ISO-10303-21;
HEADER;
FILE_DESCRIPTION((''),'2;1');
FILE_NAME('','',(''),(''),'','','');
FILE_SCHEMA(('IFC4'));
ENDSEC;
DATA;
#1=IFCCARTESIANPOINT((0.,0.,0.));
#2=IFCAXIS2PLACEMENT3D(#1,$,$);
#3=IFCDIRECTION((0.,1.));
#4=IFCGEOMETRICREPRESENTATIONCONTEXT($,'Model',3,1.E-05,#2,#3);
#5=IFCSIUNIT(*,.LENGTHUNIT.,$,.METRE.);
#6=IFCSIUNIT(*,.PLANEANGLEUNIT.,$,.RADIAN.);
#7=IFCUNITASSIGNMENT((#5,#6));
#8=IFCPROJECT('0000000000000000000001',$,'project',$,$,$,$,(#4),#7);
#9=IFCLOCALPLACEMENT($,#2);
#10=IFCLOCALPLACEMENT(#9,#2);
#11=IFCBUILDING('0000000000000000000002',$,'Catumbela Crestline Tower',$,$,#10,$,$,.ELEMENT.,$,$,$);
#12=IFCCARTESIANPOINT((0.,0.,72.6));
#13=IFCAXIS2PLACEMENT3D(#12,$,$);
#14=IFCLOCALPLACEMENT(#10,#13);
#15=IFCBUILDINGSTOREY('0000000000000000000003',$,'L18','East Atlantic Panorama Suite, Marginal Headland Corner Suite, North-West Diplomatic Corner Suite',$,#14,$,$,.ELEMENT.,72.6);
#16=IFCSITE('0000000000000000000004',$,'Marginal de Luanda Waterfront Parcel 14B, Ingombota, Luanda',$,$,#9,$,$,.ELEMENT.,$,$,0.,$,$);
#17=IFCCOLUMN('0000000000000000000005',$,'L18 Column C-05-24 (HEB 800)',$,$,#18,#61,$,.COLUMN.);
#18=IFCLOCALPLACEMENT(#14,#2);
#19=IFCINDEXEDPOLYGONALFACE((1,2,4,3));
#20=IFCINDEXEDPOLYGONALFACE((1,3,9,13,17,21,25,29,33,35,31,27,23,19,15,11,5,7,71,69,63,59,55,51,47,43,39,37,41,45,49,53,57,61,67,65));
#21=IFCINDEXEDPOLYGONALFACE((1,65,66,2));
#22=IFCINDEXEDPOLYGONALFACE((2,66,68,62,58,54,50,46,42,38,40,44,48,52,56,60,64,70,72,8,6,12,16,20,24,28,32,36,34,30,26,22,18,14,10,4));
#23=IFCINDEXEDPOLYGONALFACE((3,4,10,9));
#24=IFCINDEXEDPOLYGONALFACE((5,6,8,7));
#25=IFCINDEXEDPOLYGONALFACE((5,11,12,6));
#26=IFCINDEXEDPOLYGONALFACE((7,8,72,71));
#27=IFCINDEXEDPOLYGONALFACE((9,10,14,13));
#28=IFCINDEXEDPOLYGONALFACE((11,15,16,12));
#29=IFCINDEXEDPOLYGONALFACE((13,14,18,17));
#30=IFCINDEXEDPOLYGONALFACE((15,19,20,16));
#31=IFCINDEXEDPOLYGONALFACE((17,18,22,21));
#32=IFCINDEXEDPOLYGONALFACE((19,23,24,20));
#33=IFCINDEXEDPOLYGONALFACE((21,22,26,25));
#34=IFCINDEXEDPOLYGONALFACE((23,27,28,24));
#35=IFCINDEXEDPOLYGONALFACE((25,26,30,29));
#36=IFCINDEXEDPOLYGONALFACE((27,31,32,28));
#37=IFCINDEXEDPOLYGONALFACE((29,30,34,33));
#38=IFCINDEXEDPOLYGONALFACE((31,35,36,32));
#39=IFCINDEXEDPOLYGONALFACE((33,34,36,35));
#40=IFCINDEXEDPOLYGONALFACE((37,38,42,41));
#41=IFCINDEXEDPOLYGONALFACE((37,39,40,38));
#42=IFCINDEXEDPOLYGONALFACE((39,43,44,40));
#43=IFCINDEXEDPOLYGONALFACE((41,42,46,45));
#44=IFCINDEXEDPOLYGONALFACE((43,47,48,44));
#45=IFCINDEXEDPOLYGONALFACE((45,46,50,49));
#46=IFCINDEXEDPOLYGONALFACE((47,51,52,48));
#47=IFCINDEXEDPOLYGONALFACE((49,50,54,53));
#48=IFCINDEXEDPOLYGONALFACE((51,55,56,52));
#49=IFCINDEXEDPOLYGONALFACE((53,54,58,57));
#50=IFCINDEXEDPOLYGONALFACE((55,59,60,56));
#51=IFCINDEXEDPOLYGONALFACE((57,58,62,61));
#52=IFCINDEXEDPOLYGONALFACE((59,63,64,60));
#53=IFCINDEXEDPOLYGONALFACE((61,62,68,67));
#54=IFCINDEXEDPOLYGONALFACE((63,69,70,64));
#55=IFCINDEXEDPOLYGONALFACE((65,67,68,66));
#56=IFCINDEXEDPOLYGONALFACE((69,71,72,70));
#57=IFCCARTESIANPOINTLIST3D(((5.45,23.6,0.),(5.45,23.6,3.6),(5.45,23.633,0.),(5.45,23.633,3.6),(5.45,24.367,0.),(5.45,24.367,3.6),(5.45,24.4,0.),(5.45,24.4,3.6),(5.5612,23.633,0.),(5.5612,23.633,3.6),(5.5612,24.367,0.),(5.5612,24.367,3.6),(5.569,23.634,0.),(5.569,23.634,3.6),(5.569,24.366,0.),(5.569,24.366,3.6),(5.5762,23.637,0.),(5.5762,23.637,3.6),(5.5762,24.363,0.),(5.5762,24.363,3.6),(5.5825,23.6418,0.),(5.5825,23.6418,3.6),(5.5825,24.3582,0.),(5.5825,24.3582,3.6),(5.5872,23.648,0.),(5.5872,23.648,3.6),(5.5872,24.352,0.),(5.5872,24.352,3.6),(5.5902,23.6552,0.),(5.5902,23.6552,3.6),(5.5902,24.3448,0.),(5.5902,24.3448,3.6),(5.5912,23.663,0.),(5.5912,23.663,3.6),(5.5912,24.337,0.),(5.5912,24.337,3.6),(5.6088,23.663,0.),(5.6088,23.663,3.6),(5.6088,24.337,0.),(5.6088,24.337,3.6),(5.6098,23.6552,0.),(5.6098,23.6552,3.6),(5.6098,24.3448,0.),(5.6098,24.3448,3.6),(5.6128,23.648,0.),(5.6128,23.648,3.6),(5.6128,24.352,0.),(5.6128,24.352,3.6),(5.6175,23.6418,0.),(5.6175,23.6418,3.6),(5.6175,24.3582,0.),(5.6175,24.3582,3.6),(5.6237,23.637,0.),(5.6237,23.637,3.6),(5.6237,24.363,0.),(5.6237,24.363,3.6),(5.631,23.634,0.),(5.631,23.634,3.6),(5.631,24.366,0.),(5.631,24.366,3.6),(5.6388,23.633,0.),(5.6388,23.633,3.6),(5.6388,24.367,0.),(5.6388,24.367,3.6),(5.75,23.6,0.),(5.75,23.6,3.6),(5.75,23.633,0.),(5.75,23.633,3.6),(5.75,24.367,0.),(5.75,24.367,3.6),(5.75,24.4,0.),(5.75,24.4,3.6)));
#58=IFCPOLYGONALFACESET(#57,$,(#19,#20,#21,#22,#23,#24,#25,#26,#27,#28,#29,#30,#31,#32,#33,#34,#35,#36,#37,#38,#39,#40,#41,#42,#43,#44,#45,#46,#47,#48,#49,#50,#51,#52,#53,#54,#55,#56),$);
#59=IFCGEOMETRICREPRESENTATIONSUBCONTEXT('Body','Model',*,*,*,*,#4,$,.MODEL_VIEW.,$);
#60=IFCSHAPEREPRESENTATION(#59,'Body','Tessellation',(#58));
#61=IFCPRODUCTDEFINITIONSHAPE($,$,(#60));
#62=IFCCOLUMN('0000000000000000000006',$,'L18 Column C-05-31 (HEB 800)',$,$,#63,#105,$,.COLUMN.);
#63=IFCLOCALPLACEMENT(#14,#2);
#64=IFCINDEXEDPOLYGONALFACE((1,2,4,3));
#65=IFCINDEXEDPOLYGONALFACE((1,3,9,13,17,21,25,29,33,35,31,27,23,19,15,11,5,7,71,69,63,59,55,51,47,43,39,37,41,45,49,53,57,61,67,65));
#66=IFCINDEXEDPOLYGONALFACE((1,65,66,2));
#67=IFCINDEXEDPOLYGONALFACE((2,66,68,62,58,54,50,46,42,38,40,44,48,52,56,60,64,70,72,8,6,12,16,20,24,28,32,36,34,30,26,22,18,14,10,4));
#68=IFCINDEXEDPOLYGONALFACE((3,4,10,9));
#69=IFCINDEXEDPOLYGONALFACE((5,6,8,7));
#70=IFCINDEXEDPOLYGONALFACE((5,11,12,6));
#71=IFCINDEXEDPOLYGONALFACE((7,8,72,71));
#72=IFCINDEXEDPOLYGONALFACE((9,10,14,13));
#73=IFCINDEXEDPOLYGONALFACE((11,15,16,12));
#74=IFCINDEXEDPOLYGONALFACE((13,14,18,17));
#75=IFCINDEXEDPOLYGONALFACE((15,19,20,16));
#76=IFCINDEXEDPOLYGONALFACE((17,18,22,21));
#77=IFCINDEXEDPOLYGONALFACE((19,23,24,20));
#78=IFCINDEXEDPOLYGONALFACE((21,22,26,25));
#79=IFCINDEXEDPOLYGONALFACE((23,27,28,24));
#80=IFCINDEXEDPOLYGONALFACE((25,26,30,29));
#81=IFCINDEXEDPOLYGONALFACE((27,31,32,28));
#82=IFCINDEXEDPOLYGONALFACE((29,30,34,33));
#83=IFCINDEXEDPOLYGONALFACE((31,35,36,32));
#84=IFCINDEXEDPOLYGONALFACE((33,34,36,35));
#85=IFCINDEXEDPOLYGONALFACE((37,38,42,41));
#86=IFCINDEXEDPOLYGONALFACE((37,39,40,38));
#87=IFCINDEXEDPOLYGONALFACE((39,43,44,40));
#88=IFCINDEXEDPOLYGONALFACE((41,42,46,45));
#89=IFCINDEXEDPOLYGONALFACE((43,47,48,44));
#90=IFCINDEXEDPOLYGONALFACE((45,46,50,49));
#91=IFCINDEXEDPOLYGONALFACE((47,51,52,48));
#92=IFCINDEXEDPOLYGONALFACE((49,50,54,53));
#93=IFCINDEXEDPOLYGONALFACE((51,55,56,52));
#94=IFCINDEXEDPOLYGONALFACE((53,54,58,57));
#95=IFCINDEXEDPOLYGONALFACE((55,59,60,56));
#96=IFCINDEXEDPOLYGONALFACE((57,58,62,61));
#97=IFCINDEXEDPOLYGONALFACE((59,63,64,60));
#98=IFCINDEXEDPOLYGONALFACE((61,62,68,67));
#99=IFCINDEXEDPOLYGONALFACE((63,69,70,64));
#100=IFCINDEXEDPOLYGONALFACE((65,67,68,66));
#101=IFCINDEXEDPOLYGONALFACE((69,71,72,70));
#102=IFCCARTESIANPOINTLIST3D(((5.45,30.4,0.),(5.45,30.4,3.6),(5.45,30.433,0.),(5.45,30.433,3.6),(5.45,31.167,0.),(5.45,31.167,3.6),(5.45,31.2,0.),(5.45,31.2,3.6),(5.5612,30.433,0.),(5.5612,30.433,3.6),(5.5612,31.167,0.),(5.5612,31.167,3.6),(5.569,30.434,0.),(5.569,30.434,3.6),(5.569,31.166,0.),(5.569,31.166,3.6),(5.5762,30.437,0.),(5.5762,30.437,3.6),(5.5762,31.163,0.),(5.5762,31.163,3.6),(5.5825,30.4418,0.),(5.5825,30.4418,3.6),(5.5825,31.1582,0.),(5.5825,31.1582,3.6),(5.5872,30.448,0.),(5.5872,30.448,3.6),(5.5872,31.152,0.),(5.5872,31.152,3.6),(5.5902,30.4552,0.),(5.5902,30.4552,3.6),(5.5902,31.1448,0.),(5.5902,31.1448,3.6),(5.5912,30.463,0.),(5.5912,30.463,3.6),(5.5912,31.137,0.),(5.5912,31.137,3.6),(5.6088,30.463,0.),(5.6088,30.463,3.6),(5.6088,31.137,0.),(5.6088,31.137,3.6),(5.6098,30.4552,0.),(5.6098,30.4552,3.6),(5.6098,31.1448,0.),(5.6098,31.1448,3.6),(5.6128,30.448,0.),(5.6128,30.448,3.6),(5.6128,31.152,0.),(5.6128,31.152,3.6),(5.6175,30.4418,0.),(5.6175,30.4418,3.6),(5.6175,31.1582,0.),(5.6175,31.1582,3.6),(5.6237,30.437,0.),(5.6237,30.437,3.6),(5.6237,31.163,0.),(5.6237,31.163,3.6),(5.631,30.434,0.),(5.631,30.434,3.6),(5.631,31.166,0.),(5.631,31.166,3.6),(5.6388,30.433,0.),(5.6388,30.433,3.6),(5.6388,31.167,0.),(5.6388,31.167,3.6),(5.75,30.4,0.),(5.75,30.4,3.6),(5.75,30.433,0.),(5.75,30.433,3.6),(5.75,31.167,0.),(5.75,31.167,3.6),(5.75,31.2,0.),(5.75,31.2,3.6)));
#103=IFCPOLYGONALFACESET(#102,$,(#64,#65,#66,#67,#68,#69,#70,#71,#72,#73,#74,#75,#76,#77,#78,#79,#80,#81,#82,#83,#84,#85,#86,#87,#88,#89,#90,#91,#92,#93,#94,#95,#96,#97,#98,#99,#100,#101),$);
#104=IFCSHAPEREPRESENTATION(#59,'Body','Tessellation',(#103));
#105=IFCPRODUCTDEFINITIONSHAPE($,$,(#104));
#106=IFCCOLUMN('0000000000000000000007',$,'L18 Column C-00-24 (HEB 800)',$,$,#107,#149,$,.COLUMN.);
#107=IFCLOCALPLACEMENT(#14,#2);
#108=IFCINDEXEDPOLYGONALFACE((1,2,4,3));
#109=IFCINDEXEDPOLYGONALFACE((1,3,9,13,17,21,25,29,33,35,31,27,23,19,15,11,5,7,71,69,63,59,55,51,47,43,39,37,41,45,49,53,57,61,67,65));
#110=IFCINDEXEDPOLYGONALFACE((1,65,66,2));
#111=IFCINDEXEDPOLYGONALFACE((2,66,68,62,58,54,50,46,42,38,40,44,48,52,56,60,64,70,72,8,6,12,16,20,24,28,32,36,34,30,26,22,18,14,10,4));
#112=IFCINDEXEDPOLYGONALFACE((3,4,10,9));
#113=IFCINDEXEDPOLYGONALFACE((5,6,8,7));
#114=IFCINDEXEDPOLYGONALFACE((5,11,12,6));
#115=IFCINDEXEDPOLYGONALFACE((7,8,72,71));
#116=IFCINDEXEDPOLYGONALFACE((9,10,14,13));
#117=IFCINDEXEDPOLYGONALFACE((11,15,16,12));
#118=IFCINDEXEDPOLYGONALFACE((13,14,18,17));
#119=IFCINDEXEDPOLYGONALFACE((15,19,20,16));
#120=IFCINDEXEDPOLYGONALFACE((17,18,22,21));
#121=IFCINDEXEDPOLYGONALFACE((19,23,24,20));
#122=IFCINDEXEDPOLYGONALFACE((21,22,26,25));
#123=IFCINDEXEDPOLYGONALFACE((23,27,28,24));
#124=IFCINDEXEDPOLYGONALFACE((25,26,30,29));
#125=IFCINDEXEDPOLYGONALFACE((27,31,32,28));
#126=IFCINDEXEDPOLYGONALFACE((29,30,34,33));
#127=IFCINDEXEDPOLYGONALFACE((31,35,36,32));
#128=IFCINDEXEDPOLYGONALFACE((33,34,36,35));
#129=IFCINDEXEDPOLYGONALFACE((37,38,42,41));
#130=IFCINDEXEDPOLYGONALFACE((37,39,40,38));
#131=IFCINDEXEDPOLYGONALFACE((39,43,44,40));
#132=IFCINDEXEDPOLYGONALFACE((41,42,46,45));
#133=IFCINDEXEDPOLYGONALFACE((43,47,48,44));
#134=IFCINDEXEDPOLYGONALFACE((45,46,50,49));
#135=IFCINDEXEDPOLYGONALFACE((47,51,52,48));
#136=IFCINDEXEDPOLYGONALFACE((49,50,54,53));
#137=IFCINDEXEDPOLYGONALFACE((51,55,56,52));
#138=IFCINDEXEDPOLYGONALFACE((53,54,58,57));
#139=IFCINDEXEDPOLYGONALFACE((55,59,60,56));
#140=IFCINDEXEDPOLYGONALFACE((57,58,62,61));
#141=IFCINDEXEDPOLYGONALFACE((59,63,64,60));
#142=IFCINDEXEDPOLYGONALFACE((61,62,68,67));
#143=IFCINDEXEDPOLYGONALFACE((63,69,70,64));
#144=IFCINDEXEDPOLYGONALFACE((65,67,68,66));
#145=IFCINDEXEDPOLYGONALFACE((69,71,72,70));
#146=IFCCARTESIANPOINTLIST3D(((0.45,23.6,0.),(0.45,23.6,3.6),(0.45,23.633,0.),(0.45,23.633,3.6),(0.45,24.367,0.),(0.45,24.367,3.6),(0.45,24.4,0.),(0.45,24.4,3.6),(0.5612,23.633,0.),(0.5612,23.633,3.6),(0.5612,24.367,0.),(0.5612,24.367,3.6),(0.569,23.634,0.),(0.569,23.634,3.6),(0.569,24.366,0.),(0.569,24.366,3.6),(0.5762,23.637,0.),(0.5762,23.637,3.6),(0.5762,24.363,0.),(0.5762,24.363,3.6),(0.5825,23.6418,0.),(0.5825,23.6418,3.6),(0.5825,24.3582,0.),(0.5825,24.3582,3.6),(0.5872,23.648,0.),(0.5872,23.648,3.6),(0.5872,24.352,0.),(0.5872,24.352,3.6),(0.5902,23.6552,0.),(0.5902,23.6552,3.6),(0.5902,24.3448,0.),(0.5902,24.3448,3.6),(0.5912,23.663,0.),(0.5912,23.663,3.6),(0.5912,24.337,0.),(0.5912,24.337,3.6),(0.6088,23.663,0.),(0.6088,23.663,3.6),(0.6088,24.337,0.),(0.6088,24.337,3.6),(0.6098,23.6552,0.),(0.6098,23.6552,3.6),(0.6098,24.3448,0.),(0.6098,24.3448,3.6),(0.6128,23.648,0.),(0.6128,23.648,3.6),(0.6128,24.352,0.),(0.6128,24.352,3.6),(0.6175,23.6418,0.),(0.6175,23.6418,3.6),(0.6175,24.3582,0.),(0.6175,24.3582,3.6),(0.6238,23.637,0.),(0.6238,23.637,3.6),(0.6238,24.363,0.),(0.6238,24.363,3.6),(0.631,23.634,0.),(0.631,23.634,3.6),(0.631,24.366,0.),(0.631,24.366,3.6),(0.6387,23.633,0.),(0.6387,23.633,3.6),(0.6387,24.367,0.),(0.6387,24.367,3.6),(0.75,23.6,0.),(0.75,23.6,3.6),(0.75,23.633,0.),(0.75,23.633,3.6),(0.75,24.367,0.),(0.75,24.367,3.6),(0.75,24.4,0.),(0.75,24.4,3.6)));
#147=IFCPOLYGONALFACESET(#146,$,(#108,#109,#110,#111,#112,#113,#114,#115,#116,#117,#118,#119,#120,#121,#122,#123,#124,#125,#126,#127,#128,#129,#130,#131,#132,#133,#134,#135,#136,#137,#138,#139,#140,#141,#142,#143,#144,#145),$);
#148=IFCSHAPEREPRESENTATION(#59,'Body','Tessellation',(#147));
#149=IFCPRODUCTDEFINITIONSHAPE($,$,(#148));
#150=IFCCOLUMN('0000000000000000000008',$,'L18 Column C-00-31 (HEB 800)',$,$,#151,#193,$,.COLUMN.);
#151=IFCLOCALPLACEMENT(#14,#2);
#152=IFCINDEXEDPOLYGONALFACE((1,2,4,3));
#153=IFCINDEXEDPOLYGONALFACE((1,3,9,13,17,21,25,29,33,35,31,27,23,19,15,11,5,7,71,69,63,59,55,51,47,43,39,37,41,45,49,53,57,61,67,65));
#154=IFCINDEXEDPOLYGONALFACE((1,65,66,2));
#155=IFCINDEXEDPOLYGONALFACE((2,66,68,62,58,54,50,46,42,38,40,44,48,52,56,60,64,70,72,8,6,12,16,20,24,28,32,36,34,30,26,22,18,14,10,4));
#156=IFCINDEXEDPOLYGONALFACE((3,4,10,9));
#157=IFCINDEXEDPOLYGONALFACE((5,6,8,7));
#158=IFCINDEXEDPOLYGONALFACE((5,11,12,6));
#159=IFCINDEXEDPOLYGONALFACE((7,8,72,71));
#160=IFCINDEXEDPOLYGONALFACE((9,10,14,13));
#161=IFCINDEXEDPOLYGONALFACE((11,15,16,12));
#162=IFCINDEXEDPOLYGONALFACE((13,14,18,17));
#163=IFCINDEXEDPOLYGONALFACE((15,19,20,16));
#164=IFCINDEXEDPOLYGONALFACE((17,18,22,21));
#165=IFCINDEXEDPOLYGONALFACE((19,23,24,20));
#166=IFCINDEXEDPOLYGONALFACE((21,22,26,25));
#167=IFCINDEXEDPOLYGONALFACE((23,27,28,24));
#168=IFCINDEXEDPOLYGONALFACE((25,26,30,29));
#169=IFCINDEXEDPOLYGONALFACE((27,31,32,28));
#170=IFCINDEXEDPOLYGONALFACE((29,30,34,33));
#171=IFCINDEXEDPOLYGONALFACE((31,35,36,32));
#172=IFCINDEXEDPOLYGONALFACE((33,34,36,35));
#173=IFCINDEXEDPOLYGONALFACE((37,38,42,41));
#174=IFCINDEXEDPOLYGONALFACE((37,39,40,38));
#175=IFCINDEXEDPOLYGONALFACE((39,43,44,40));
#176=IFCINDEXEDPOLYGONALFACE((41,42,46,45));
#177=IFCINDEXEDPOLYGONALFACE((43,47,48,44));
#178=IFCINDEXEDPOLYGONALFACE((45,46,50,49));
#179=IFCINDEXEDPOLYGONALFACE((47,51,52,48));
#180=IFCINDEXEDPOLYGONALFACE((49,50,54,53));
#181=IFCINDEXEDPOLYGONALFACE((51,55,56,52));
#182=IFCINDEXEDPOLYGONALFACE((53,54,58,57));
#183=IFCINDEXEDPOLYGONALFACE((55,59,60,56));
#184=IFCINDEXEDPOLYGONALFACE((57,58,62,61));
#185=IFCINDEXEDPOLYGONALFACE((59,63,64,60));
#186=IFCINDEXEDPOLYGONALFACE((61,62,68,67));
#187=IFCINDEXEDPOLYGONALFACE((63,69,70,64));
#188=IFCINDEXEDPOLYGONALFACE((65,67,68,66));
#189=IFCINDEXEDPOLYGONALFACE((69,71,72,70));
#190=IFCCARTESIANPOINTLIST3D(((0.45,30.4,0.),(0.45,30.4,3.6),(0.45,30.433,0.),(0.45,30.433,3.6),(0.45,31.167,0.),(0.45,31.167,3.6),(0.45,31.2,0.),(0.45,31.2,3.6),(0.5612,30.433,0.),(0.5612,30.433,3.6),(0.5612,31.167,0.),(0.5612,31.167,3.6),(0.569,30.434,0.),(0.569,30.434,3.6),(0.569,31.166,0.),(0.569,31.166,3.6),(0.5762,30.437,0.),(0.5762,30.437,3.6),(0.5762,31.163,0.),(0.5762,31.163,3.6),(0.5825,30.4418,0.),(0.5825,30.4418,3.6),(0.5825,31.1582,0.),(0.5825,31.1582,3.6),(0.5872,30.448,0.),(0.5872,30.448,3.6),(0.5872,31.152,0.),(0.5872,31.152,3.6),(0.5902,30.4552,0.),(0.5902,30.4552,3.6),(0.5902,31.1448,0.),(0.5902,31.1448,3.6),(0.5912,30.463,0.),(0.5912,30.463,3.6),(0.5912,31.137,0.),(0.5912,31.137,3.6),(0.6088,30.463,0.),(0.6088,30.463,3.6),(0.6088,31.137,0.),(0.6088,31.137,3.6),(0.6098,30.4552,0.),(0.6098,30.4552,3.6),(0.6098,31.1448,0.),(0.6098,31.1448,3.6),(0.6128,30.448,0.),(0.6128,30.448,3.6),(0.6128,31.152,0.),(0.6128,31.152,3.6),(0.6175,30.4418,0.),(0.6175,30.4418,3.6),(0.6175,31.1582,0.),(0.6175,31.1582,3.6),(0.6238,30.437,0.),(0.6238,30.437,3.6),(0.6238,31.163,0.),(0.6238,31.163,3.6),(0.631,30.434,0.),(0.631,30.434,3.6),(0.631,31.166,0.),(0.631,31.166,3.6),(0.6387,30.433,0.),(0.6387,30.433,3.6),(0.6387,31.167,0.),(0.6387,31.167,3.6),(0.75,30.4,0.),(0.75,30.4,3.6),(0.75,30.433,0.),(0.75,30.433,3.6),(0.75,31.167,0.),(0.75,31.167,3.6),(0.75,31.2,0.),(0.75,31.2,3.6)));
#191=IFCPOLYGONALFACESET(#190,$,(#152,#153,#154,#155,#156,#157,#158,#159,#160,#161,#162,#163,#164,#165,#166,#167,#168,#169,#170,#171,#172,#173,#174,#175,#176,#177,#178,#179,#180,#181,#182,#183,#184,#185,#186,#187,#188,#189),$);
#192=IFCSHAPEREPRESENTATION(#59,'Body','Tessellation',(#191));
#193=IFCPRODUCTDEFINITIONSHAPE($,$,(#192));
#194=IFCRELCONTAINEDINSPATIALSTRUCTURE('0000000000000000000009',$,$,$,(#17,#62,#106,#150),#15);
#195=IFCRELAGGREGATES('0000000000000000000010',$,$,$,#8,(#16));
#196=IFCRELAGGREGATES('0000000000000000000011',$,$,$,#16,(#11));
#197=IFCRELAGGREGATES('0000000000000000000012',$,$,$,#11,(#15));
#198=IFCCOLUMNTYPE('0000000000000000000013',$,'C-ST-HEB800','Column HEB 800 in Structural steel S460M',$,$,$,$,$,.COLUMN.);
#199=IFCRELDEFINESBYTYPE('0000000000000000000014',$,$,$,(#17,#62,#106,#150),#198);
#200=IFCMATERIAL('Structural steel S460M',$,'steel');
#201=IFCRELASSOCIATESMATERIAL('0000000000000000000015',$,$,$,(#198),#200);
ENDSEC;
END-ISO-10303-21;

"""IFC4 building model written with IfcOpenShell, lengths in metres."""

from ifc_helpers import new_model, si_unit, direction, frame, origin, origin_2d, place, context, subcontext, project, spatial, i_section, extrude, material, material_profile, profile_set, type_object, element, save


model = new_model("IFC4")

# Units and contexts
model_context = context("Model", 3, precision=1e-05, world=origin(), true_north=direction((0.0, 1.0)))
body_context = subcontext(model_context, "Body", "Model", "MODEL_VIEW")
ifc_project = project(units=[si_unit("LENGTHUNIT", "METRE"), si_unit("PLANEANGLEUNIT", "RADIAN")], contexts=[model_context])

# Site, building, storey
site_placement = place(None, origin())
site = spatial("IfcSite", under=ifc_project, at=site_placement, Name="Marginal de Luanda Waterfront Parcel 14B, Ingombota, Luanda", CompositionType="ELEMENT", RefElevation=0.0)
building_placement = place(site_placement, origin())
building = spatial("IfcBuilding", under=site, at=building_placement, Name="Catumbela Crestline Tower", CompositionType="ELEMENT")
storey_placement = place(building_placement, frame((0.0, 0.0, 72.6)))
storey = spatial("IfcBuildingStorey", under=building, at=storey_placement, Name="L18", Description="East Atlantic Panorama Suite, Marginal Headland Corner Suite, North-West Diplomatic Corner Suite", CompositionType="ELEMENT", Elevation=72.6)

# Columns
ifc_material_1 = material(Name="Structural steel S460M", Category="steel")
ifc_material_profile_1 = material_profile(ifc_material_1, i_section(OverallWidth=0.3, OverallDepth=0.8, WebThickness=0.0175, FlangeThickness=0.033, FilletRadius=0.03, at=origin_2d()), Name="HEB 800")
ifc_profile_set_1 = profile_set([ifc_material_profile_1], Name="Structural steel S460M")
column_type = type_object("IfcColumnType", Name="C-ST-HEB800", Description="Column HEB 800 in Structural steel S460M", PredefinedType="COLUMN", material=ifc_profile_set_1)
for number, where, z_axis, x_axis, name in (
    (1, (5.6, 24.0, 0.0), (0.0, 0.0, 1.0), (1.0, 0.0, 0.0), "L18 Column C-05-24 (HEB 800)"),
    (2, (5.6, 30.8, 0.0), (0.0, 0.0, 1.0), (1.0, 0.0, 0.0), "L18 Column C-05-31 (HEB 800)"),
    (3, (0.6, 24.0, 0.0), (0.0, 0.0, 1.0), (1.0, 0.0, 0.0), "L18 Column C-00-24 (HEB 800)"),
    (4, (0.6, 30.8, 0.0), (0.0, 0.0, 1.0), (1.0, 0.0, 0.0), "L18 Column C-00-31 (HEB 800)"),
):
    element("IfcColumn", number, at=place(storey_placement, frame(where, z_axis=z_axis, x_axis=x_axis)), inside=storey, type_object=column_type, Name=name, PredefinedType="COLUMN", context=body_context, shape_type="SweptSolid", body=[
        extrude(i_section(OverallWidth=0.3, OverallDepth=0.8, WebThickness=0.0175, FlangeThickness=0.033, FilletRadius=0.03, at=origin_2d()), origin(), (0.0, 0.0, 1.0), 3.6),
    ])

save(model, "model.ifc")
